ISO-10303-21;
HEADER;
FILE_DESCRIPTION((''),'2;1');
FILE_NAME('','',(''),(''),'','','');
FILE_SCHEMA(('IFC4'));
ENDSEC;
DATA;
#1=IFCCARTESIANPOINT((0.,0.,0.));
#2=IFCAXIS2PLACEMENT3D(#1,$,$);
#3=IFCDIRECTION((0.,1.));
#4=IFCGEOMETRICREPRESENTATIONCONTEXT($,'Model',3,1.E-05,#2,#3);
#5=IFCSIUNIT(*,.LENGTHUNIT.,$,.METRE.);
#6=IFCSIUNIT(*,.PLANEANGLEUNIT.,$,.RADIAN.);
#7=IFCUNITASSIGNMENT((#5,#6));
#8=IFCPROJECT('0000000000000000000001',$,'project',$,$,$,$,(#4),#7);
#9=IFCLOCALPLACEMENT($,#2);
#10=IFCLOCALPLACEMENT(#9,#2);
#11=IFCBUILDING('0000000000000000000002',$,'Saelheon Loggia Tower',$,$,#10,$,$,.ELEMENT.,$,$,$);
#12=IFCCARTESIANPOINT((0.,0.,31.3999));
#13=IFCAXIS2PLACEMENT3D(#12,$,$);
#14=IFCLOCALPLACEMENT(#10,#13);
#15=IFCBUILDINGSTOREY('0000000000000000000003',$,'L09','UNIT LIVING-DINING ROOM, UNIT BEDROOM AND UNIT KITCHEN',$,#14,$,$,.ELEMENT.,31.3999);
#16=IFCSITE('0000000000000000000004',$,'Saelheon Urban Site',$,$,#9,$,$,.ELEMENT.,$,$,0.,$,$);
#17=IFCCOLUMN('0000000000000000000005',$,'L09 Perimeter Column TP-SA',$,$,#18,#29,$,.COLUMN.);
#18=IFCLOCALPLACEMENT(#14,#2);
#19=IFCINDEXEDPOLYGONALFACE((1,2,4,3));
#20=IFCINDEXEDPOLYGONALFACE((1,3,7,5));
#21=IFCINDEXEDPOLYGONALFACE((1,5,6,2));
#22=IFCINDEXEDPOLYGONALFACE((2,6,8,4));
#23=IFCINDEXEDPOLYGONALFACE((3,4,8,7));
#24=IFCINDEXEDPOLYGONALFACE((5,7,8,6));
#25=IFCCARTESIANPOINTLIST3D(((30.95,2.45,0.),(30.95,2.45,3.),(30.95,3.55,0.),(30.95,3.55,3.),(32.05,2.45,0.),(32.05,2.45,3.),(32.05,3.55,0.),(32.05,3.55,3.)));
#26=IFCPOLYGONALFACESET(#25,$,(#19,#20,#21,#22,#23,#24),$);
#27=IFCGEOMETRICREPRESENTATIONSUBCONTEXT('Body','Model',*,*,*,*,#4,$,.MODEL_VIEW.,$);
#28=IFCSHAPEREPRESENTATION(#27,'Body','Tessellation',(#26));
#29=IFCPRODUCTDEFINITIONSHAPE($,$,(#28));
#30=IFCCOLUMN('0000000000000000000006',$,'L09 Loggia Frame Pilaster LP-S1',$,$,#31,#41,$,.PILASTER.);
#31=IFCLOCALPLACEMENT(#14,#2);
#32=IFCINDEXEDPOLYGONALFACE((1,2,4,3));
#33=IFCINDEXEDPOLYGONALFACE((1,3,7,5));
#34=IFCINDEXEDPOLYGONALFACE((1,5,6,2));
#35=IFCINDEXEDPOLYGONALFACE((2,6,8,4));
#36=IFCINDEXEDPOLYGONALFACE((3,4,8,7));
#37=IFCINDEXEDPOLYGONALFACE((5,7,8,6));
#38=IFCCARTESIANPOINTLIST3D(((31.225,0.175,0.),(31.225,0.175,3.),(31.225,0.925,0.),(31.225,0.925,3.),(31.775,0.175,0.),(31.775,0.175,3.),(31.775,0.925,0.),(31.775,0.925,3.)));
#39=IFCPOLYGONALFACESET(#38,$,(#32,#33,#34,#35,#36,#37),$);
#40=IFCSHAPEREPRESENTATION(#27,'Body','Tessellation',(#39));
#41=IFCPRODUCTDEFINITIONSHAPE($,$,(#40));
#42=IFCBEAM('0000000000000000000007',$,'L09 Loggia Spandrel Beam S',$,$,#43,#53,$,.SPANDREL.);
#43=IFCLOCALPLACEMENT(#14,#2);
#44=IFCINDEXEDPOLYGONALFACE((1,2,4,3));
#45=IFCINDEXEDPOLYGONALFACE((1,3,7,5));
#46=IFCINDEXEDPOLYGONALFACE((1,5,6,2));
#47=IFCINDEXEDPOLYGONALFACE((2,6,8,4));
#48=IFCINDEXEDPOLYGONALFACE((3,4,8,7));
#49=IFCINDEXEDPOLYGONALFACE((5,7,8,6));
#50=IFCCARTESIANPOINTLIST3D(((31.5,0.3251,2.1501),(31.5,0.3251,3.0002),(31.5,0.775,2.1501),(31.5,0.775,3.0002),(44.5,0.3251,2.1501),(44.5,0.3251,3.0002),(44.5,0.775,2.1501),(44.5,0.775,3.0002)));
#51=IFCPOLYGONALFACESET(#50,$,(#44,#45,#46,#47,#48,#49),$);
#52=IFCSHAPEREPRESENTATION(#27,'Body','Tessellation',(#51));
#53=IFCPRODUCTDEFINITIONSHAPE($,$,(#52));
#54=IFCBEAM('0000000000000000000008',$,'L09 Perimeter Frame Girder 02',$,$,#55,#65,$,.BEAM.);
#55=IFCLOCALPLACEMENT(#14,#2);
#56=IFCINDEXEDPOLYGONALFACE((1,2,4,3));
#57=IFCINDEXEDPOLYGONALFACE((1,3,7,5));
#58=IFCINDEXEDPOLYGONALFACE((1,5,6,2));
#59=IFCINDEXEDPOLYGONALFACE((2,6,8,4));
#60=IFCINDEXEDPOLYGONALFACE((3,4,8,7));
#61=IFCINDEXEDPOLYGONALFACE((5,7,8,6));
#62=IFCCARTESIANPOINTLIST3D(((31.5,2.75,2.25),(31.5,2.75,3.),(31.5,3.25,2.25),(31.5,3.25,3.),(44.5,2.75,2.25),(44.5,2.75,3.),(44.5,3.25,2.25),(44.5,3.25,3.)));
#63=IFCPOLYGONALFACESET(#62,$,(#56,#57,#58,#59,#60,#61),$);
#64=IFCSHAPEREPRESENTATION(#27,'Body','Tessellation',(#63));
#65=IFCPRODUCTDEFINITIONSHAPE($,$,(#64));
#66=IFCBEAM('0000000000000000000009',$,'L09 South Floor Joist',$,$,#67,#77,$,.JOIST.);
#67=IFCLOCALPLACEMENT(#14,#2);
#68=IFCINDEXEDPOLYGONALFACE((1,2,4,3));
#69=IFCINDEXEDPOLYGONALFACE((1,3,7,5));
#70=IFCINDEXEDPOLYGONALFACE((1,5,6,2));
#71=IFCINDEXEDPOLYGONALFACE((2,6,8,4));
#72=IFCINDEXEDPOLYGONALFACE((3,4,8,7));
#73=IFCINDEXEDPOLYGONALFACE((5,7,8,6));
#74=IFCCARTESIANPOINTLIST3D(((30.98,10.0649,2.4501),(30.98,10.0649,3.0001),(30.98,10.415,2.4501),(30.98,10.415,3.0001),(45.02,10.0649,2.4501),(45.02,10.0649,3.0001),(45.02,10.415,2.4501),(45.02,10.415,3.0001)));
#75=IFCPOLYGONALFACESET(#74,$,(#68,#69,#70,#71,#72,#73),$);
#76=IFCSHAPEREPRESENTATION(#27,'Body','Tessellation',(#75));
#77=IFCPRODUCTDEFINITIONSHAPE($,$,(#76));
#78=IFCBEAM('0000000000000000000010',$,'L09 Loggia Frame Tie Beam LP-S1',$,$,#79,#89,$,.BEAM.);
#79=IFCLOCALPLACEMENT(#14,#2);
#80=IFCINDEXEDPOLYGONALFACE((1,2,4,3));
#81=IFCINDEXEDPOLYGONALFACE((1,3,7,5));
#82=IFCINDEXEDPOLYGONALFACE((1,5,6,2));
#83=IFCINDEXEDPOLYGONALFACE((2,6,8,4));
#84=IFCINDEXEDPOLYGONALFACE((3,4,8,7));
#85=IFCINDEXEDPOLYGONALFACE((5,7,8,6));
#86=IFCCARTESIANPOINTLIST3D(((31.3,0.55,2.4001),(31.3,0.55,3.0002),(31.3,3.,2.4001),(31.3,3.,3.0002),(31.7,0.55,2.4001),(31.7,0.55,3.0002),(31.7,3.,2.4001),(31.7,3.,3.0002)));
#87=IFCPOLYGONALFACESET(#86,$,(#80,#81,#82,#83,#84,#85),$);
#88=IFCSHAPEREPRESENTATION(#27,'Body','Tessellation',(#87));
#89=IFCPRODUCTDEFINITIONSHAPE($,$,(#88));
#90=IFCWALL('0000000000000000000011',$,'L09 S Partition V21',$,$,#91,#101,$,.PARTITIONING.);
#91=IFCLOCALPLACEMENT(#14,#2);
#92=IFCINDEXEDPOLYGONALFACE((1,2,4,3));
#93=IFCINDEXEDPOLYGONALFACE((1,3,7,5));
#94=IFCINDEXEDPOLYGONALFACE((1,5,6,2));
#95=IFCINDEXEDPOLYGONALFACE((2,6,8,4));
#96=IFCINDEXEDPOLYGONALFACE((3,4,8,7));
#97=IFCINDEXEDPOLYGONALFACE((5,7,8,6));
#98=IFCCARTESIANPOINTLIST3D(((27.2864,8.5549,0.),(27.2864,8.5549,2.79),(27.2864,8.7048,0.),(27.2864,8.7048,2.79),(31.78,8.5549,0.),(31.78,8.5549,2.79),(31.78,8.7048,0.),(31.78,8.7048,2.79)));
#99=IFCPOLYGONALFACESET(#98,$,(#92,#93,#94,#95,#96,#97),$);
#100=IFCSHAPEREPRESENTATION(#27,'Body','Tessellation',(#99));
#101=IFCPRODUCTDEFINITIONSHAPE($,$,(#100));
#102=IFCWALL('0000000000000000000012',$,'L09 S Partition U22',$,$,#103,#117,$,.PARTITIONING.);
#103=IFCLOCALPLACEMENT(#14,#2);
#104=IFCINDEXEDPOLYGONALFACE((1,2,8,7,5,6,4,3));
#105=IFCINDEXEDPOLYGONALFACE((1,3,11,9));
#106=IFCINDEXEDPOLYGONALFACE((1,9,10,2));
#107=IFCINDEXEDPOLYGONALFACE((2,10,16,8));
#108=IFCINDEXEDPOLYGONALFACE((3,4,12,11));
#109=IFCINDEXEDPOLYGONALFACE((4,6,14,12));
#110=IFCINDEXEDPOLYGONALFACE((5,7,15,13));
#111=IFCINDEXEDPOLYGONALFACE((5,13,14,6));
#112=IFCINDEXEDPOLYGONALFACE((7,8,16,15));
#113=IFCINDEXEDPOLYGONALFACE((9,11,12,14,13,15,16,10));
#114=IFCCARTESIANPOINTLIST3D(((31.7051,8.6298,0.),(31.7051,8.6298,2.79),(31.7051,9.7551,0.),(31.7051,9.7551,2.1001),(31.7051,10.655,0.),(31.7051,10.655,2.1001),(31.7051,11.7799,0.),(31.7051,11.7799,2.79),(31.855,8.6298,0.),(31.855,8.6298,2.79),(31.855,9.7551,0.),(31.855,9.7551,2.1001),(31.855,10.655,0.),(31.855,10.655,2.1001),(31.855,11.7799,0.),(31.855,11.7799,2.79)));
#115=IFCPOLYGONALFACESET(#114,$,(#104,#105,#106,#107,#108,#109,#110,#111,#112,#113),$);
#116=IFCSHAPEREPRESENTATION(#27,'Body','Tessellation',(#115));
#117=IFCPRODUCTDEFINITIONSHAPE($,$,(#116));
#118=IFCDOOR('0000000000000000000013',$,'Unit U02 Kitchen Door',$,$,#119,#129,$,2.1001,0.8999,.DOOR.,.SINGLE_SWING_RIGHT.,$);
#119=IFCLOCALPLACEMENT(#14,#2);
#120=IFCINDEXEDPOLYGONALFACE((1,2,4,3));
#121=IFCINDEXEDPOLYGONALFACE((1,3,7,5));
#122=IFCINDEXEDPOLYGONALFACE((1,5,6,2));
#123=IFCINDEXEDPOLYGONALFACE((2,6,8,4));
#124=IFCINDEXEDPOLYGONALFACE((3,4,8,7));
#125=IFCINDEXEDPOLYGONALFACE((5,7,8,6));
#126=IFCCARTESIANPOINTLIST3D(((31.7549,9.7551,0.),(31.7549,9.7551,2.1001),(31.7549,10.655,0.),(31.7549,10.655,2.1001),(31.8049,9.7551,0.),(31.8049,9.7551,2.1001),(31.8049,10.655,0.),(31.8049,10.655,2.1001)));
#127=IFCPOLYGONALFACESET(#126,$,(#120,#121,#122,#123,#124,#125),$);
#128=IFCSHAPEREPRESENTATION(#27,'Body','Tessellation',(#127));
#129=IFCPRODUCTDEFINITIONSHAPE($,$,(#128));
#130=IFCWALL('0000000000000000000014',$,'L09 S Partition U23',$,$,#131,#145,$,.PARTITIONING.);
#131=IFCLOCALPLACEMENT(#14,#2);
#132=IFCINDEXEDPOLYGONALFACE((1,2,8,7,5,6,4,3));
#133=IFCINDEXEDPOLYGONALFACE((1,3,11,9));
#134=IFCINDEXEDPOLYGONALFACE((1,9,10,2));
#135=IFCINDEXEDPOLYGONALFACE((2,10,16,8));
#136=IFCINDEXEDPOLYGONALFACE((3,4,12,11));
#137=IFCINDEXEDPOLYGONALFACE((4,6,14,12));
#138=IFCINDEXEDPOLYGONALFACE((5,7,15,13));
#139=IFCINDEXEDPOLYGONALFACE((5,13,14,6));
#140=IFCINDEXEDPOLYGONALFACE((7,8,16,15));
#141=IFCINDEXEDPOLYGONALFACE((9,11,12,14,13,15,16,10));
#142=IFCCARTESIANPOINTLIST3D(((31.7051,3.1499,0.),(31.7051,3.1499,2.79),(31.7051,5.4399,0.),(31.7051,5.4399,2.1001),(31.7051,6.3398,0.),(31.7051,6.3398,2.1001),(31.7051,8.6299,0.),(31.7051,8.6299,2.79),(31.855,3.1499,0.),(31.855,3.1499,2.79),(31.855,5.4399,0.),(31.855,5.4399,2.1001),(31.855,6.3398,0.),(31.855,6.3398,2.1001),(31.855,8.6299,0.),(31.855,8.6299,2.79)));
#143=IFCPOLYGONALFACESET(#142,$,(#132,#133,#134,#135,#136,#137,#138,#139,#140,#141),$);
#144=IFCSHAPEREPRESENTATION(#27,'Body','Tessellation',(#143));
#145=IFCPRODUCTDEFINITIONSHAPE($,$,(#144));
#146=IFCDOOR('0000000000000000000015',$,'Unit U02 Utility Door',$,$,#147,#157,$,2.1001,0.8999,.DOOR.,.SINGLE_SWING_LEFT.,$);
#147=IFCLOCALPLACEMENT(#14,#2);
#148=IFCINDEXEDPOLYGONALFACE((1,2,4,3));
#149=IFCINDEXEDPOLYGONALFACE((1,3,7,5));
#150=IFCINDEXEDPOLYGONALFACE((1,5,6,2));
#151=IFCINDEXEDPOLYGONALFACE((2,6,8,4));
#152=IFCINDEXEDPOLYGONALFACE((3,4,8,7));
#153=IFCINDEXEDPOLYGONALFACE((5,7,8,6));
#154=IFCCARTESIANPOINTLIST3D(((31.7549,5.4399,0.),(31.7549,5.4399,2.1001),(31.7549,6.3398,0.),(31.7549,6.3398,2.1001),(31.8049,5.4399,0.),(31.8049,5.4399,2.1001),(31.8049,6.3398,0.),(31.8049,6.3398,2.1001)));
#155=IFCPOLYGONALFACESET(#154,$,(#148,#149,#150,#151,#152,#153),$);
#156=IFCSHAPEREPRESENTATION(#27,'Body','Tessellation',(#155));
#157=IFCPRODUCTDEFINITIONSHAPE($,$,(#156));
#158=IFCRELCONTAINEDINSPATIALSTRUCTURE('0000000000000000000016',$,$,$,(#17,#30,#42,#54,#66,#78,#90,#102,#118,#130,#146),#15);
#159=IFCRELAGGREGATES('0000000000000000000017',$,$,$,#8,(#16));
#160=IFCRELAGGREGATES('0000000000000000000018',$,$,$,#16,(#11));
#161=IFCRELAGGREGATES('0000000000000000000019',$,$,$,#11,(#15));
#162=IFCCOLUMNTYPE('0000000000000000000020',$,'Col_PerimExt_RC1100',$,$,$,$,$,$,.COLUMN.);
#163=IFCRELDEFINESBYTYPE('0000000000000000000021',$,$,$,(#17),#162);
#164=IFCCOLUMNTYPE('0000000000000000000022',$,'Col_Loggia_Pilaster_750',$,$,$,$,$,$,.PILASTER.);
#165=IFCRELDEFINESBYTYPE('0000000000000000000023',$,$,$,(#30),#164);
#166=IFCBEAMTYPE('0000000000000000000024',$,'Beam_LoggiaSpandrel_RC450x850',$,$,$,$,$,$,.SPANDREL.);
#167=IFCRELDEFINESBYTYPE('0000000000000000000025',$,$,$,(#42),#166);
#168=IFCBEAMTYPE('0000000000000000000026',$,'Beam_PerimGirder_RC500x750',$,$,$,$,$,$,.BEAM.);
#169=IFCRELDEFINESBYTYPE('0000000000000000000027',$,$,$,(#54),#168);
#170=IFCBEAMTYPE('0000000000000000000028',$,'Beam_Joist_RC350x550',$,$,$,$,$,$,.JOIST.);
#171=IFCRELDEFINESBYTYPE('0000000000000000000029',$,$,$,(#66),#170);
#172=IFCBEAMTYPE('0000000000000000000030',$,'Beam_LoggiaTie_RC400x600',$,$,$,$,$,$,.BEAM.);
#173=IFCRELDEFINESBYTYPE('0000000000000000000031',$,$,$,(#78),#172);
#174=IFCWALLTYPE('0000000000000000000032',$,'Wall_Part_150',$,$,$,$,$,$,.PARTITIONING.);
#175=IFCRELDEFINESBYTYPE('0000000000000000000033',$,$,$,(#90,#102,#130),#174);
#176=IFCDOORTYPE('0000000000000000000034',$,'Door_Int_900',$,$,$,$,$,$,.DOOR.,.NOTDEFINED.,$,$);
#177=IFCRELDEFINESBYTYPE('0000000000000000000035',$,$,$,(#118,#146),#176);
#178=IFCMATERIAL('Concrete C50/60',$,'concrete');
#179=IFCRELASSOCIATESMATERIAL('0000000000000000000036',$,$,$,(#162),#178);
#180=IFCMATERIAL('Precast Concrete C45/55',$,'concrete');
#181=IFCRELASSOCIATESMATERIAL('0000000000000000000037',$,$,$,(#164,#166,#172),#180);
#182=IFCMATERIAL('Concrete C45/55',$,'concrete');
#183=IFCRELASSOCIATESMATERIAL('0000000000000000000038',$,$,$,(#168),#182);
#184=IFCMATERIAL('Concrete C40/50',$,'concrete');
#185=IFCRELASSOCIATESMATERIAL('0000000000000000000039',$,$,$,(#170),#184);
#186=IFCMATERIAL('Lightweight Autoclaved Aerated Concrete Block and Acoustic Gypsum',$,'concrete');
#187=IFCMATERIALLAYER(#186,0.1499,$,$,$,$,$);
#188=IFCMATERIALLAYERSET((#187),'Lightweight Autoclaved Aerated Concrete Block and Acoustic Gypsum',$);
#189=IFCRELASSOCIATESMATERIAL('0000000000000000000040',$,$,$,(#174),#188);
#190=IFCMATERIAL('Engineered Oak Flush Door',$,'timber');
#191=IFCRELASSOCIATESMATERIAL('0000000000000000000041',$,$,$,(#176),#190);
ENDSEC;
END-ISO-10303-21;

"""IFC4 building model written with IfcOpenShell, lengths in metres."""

from ifc_helpers import new_model, si_unit, direction, frame, frame_2d, origin, origin_2d, place, context, subcontext, project, spatial, rectangle, extrude, source, transform, mapped, material, layer, layer_set, material_profile, profile_set, type_object, element, fill, save


model = new_model("IFC4")

# Units and contexts
model_context = context("Model", 3, precision=1e-05, world=origin(), true_north=direction((0.0, 1.0)))
body_context = subcontext(model_context, "Body", "Model", "MODEL_VIEW")
ifc_project = project(units=[si_unit("LENGTHUNIT", "METRE"), si_unit("PLANEANGLEUNIT", "RADIAN")], contexts=[model_context])

# Site, building, storey
site_placement = place(None, origin())
site = spatial("IfcSite", under=ifc_project, at=site_placement, Name="Saelheon Urban Site", CompositionType="ELEMENT", RefElevation=0.0)
building_placement = place(site_placement, origin())
building = spatial("IfcBuilding", under=site, at=building_placement, Name="Saelheon Loggia Tower", CompositionType="ELEMENT")
storey_placement = place(building_placement, frame((0.0, 0.0, 31.3999)))
storey = spatial("IfcBuildingStorey", under=building, at=storey_placement, Name="L09", Description="UNIT LIVING-DINING ROOM, UNIT BEDROOM AND UNIT KITCHEN", CompositionType="ELEMENT", Elevation=31.3999)

# Columns
ifc_material_1 = material(Name="Concrete C50/60", Category="concrete")
ifc_material_profile_1 = material_profile(ifc_material_1, rectangle(XDim=1.1001, YDim=1.1001, at=origin_2d()), Name="RC-1100x1100")
ifc_profile_set_1 = profile_set([ifc_material_profile_1], Name="Concrete C50/60")
column_type_1 = type_object("IfcColumnType", Name="Col_PerimExt_RC1100", PredefinedType="COLUMN", material=ifc_profile_set_1)
shared_shape_1 = source(origin(), body_context, "Body", "SweptSolid", [
    extrude(rectangle(XDim=1.1001, YDim=1.1001, at=origin_2d()), origin(), (0.0, 0.0, 1.0), 3.0),
])
column_1_placement = place(storey_placement, frame((31.5, 3.0, 0.0), z_axis=(0.0, 0.0, 1.0), x_axis=(1.0, 0.0, 0.0)))
element("IfcColumn", 1, at=column_1_placement, inside=storey, type_object=column_type_1, Name="L09 Perimeter Column TP-SA", PredefinedType="COLUMN", context=body_context, shape_type="MappedRepresentation", body=[
    mapped(shared_shape_1, transform((0.0, 0.0, 0.0), scale=1.0)),
])
ifc_material_2 = material(Name="Precast Concrete C45/55", Category="concrete")
ifc_material_profile_2 = material_profile(ifc_material_2, rectangle(XDim=0.55, YDim=0.75, at=origin_2d()), Name="RC-550x750")
ifc_profile_set_2 = profile_set([ifc_material_profile_2], Name="Precast Concrete C45/55")
column_type_2 = type_object("IfcColumnType", Name="Col_Loggia_Pilaster_750", PredefinedType="PILASTER", material=ifc_profile_set_2)
shared_shape_2 = source(origin(), body_context, "Body", "SweptSolid", [
    extrude(rectangle(XDim=0.55, YDim=0.75, at=origin_2d()), origin(), (0.0, 0.0, 1.0), 3.0),
])
column_2_placement = place(storey_placement, frame((31.5, 0.55, 0.0), z_axis=(0.0, 0.0, 1.0), x_axis=(1.0, 0.0, 0.0)))
element("IfcColumn", 2, at=column_2_placement, inside=storey, type_object=column_type_2, Name="L09 Loggia Frame Pilaster LP-S1", PredefinedType="PILASTER", context=body_context, shape_type="MappedRepresentation", body=[
    mapped(shared_shape_2, transform((0.0, 0.0, 0.0), scale=1.0)),
])

# Beams
ifc_material_profile_3 = material_profile(ifc_material_2, rectangle(XDim=0.45, YDim=0.8501, at=origin_2d()), Name="RC-450x850")
ifc_profile_set_3 = profile_set([ifc_material_profile_3], Name="Precast Concrete C45/55")
beam_type_1 = type_object("IfcBeamType", Name="Beam_LoggiaSpandrel_RC450x850", PredefinedType="SPANDREL", material=ifc_profile_set_3)
shared_shape_3 = source(origin(), body_context, "Body", "SweptSolid", [
    extrude(rectangle(XDim=0.45, YDim=0.8501, at=origin_2d()), origin(), (0.0, 0.0, 1.0), 13.0),
])
beam_1_placement = place(storey_placement, frame((31.5, 0.55, 2.5752), z_axis=(1.0, 0.0, 0.0), x_axis=(0.0, 1.0, 0.0)))
element("IfcBeam", 3, at=beam_1_placement, inside=storey, type_object=beam_type_1, Name="L09 Loggia Spandrel Beam S", PredefinedType="SPANDREL", context=body_context, shape_type="MappedRepresentation", body=[
    mapped(shared_shape_3, transform((0.0, 0.0, 0.0), scale=1.0)),
])
ifc_material_3 = material(Name="Concrete C45/55", Category="concrete")
ifc_material_profile_4 = material_profile(ifc_material_3, rectangle(XDim=0.5, YDim=0.75, at=origin_2d()), Name="RC-500x750")
ifc_profile_set_4 = profile_set([ifc_material_profile_4], Name="Concrete C45/55")
beam_type_2 = type_object("IfcBeamType", Name="Beam_PerimGirder_RC500x750", PredefinedType="BEAM", material=ifc_profile_set_4)
shared_shape_4 = source(origin(), body_context, "Body", "SweptSolid", [
    extrude(rectangle(XDim=0.5, YDim=0.75, at=origin_2d()), origin(), (0.0, 0.0, 1.0), 13.0),
])
beam_2_placement = place(storey_placement, frame((31.5, 3.0, 2.625), z_axis=(1.0, 0.0, 0.0), x_axis=(0.0, 1.0, 0.0)))
element("IfcBeam", 4, at=beam_2_placement, inside=storey, type_object=beam_type_2, Name="L09 Perimeter Frame Girder 02", PredefinedType="BEAM", context=body_context, shape_type="MappedRepresentation", body=[
    mapped(shared_shape_4, transform((0.0, 0.0, 0.0), scale=1.0)),
])
ifc_material_4 = material(Name="Concrete C40/50", Category="concrete")
ifc_material_profile_5 = material_profile(ifc_material_4, rectangle(XDim=0.3501, YDim=0.55, at=origin_2d()), Name="RC-350x550")
ifc_profile_set_5 = profile_set([ifc_material_profile_5], Name="Concrete C40/50")
beam_type_3 = type_object("IfcBeamType", Name="Beam_Joist_RC350x550", PredefinedType="JOIST", material=ifc_profile_set_5)
shared_shape_5 = source(origin(), body_context, "Body", "SweptSolid", [
    extrude(rectangle(XDim=0.3501, YDim=0.55, at=origin_2d()), origin(), (0.0, 0.0, 1.0), 14.04),
])
beam_3_placement = place(storey_placement, frame((30.98, 10.24, 2.7251), z_axis=(1.0, 0.0, 0.0), x_axis=(0.0, 1.0, 0.0)))
element("IfcBeam", 5, at=beam_3_placement, inside=storey, type_object=beam_type_3, Name="L09 South Floor Joist", PredefinedType="JOIST", context=body_context, shape_type="MappedRepresentation", body=[
    mapped(shared_shape_5, transform((0.0, 0.0, 0.0), scale=1.0)),
])
ifc_material_profile_6 = material_profile(ifc_material_2, rectangle(XDim=0.3999, YDim=0.6001, at=origin_2d()), Name="RC-400x600")
ifc_profile_set_6 = profile_set([ifc_material_profile_6], Name="Precast Concrete C45/55")
beam_type_4 = type_object("IfcBeamType", Name="Beam_LoggiaTie_RC400x600", PredefinedType="BEAM", material=ifc_profile_set_6)
shared_shape_6 = source(origin(), body_context, "Body", "SweptSolid", [
    extrude(rectangle(XDim=0.3999, YDim=0.6001, at=origin_2d()), origin(), (0.0, 0.0, 1.0), 2.45),
])
beam_4_placement = place(storey_placement, frame((31.5, 3.0, 2.7002), z_axis=(0.0, -1.0, 0.0), x_axis=(1.0, 0.0, 0.0)))
element("IfcBeam", 6, at=beam_4_placement, inside=storey, type_object=beam_type_4, Name="L09 Loggia Frame Tie Beam LP-S1", PredefinedType="BEAM", context=body_context, shape_type="MappedRepresentation", body=[
    mapped(shared_shape_6, transform((0.0, 0.0, 0.0), scale=1.0)),
])

# Wall
ifc_material_5 = material(Name="Lightweight Autoclaved Aerated Concrete Block and Acoustic Gypsum", Category="concrete")
ifc_layer = layer(ifc_material_5, 0.1499)
ifc_layer_set = layer_set([ifc_layer], Name="Lightweight Autoclaved Aerated Concrete Block and Acoustic Gypsum")
wall_type = type_object("IfcWallType", Name="Wall_Part_150", PredefinedType="PARTITIONING", material=ifc_layer_set)
wall_1_placement = place(storey_placement, frame((27.2864, 8.6299, 0.0), z_axis=(0.0, 0.0, 1.0), x_axis=(1.0, 0.0, 0.0)))
element("IfcWall", 7, at=wall_1_placement, inside=storey, type_object=wall_type, Name="L09 S Partition V21", PredefinedType="PARTITIONING", context=body_context, shape_type="SweptSolid", body=[
    extrude(rectangle(XDim=4.4937, YDim=0.1499, at=frame_2d((2.2468, 0.0))), origin(), (0.0, 0.0, 1.0), 2.79),
])

# Walls, openings, doors
wall_2_placement = place(storey_placement, frame((31.78, 11.78, 0.0), z_axis=(0.0, 0.0, 1.0), x_axis=(0.0, -1.0, 0.0)))
wall_2 = element("IfcWall", 8, at=wall_2_placement, inside=storey, type_object=wall_type, Name="L09 S Partition U22", PredefinedType="PARTITIONING", context=body_context, shape_type="SweptSolid", body=[
    extrude(rectangle(XDim=3.1501, YDim=0.1499, at=frame_2d((1.5752, 0.0))), origin(), (0.0, 0.0, 1.0), 2.79),
])
opening_1_placement = place(wall_2_placement, frame((1.125, 0.0, 0.0)))
opening_1 = element("IfcOpeningElement", 9, at=opening_1_placement, cuts=wall_2, PredefinedType="OPENING", context=body_context, shape_type="SweptSolid", body=[
    extrude(rectangle(XDim=0.8999, YDim=2.1001, at=frame_2d((0.45, 1.05))), frame((0.0, 0.0869, 0.0), z_axis=(0.0, -1.0, 0.0), x_axis=(1.0, 0.0, 0.0)), (0.0, 0.0, 1.0), 0.1738),
])
ifc_material_6 = material(Name="Engineered Oak Flush Door", Category="timber")
door_type = type_object("IfcDoorType", Name="Door_Int_900", OperationType="NOTDEFINED", PredefinedType="DOOR", material=ifc_material_6)
shared_shape_7 = source(origin(), body_context, "Body", "SweptSolid", [
    extrude(rectangle(XDim=0.8999, YDim=2.1001, at=frame_2d((0.45, 1.05))), frame((0.0, 0.0249, 0.0), z_axis=(0.0, -1.0, 0.0), x_axis=(1.0, 0.0, 0.0)), (0.0, 0.0, 1.0), 0.05),
])
door_1_placement = place(opening_1_placement, origin())
door_1 = element("IfcDoor", 10, at=door_1_placement, inside=storey, type_object=door_type, Name="Unit U02 Kitchen Door", OperationType="SINGLE_SWING_RIGHT", OverallHeight=2.1001, OverallWidth=0.8999, PredefinedType="DOOR", context=body_context, shape_type="MappedRepresentation", body=[
    mapped(shared_shape_7, transform((0.0, 0.0, 0.0), scale=1.0)),
])
fill(opening_1, door_1)
wall_3_placement = place(storey_placement, frame((31.78, 8.6299, 0.0), z_axis=(0.0, 0.0, 1.0), x_axis=(0.0, -1.0, 0.0)))
wall_3 = element("IfcWall", 11, at=wall_3_placement, inside=storey, type_object=wall_type, Name="L09 S Partition U23", PredefinedType="PARTITIONING", context=body_context, shape_type="SweptSolid", body=[
    extrude(rectangle(XDim=5.48, YDim=0.1499, at=frame_2d((2.74, 0.0))), origin(), (0.0, 0.0, 1.0), 2.79),
])
opening_2_placement = place(wall_3_placement, frame((2.29, 0.0, 0.0)))
opening_2 = element("IfcOpeningElement", 12, at=opening_2_placement, cuts=wall_3, PredefinedType="OPENING", context=body_context, shape_type="SweptSolid", body=[
    extrude(rectangle(XDim=0.8999, YDim=2.1001, at=frame_2d((0.45, 1.05))), frame((0.0, 0.0869, 0.0), z_axis=(0.0, -1.0, 0.0), x_axis=(1.0, 0.0, 0.0)), (0.0, 0.0, 1.0), 0.1738),
])
door_2_placement = place(opening_2_placement, origin())
door_2 = element("IfcDoor", 13, at=door_2_placement, inside=storey, type_object=door_type, Name="Unit U02 Utility Door", OperationType="SINGLE_SWING_LEFT", OverallHeight=2.1001, OverallWidth=0.8999, PredefinedType="DOOR", context=body_context, shape_type="MappedRepresentation", body=[
    mapped(shared_shape_7, transform((0.0, 0.0, 0.0), scale=1.0)),
])
fill(opening_2, door_2)

save(model, "model.ifc")
